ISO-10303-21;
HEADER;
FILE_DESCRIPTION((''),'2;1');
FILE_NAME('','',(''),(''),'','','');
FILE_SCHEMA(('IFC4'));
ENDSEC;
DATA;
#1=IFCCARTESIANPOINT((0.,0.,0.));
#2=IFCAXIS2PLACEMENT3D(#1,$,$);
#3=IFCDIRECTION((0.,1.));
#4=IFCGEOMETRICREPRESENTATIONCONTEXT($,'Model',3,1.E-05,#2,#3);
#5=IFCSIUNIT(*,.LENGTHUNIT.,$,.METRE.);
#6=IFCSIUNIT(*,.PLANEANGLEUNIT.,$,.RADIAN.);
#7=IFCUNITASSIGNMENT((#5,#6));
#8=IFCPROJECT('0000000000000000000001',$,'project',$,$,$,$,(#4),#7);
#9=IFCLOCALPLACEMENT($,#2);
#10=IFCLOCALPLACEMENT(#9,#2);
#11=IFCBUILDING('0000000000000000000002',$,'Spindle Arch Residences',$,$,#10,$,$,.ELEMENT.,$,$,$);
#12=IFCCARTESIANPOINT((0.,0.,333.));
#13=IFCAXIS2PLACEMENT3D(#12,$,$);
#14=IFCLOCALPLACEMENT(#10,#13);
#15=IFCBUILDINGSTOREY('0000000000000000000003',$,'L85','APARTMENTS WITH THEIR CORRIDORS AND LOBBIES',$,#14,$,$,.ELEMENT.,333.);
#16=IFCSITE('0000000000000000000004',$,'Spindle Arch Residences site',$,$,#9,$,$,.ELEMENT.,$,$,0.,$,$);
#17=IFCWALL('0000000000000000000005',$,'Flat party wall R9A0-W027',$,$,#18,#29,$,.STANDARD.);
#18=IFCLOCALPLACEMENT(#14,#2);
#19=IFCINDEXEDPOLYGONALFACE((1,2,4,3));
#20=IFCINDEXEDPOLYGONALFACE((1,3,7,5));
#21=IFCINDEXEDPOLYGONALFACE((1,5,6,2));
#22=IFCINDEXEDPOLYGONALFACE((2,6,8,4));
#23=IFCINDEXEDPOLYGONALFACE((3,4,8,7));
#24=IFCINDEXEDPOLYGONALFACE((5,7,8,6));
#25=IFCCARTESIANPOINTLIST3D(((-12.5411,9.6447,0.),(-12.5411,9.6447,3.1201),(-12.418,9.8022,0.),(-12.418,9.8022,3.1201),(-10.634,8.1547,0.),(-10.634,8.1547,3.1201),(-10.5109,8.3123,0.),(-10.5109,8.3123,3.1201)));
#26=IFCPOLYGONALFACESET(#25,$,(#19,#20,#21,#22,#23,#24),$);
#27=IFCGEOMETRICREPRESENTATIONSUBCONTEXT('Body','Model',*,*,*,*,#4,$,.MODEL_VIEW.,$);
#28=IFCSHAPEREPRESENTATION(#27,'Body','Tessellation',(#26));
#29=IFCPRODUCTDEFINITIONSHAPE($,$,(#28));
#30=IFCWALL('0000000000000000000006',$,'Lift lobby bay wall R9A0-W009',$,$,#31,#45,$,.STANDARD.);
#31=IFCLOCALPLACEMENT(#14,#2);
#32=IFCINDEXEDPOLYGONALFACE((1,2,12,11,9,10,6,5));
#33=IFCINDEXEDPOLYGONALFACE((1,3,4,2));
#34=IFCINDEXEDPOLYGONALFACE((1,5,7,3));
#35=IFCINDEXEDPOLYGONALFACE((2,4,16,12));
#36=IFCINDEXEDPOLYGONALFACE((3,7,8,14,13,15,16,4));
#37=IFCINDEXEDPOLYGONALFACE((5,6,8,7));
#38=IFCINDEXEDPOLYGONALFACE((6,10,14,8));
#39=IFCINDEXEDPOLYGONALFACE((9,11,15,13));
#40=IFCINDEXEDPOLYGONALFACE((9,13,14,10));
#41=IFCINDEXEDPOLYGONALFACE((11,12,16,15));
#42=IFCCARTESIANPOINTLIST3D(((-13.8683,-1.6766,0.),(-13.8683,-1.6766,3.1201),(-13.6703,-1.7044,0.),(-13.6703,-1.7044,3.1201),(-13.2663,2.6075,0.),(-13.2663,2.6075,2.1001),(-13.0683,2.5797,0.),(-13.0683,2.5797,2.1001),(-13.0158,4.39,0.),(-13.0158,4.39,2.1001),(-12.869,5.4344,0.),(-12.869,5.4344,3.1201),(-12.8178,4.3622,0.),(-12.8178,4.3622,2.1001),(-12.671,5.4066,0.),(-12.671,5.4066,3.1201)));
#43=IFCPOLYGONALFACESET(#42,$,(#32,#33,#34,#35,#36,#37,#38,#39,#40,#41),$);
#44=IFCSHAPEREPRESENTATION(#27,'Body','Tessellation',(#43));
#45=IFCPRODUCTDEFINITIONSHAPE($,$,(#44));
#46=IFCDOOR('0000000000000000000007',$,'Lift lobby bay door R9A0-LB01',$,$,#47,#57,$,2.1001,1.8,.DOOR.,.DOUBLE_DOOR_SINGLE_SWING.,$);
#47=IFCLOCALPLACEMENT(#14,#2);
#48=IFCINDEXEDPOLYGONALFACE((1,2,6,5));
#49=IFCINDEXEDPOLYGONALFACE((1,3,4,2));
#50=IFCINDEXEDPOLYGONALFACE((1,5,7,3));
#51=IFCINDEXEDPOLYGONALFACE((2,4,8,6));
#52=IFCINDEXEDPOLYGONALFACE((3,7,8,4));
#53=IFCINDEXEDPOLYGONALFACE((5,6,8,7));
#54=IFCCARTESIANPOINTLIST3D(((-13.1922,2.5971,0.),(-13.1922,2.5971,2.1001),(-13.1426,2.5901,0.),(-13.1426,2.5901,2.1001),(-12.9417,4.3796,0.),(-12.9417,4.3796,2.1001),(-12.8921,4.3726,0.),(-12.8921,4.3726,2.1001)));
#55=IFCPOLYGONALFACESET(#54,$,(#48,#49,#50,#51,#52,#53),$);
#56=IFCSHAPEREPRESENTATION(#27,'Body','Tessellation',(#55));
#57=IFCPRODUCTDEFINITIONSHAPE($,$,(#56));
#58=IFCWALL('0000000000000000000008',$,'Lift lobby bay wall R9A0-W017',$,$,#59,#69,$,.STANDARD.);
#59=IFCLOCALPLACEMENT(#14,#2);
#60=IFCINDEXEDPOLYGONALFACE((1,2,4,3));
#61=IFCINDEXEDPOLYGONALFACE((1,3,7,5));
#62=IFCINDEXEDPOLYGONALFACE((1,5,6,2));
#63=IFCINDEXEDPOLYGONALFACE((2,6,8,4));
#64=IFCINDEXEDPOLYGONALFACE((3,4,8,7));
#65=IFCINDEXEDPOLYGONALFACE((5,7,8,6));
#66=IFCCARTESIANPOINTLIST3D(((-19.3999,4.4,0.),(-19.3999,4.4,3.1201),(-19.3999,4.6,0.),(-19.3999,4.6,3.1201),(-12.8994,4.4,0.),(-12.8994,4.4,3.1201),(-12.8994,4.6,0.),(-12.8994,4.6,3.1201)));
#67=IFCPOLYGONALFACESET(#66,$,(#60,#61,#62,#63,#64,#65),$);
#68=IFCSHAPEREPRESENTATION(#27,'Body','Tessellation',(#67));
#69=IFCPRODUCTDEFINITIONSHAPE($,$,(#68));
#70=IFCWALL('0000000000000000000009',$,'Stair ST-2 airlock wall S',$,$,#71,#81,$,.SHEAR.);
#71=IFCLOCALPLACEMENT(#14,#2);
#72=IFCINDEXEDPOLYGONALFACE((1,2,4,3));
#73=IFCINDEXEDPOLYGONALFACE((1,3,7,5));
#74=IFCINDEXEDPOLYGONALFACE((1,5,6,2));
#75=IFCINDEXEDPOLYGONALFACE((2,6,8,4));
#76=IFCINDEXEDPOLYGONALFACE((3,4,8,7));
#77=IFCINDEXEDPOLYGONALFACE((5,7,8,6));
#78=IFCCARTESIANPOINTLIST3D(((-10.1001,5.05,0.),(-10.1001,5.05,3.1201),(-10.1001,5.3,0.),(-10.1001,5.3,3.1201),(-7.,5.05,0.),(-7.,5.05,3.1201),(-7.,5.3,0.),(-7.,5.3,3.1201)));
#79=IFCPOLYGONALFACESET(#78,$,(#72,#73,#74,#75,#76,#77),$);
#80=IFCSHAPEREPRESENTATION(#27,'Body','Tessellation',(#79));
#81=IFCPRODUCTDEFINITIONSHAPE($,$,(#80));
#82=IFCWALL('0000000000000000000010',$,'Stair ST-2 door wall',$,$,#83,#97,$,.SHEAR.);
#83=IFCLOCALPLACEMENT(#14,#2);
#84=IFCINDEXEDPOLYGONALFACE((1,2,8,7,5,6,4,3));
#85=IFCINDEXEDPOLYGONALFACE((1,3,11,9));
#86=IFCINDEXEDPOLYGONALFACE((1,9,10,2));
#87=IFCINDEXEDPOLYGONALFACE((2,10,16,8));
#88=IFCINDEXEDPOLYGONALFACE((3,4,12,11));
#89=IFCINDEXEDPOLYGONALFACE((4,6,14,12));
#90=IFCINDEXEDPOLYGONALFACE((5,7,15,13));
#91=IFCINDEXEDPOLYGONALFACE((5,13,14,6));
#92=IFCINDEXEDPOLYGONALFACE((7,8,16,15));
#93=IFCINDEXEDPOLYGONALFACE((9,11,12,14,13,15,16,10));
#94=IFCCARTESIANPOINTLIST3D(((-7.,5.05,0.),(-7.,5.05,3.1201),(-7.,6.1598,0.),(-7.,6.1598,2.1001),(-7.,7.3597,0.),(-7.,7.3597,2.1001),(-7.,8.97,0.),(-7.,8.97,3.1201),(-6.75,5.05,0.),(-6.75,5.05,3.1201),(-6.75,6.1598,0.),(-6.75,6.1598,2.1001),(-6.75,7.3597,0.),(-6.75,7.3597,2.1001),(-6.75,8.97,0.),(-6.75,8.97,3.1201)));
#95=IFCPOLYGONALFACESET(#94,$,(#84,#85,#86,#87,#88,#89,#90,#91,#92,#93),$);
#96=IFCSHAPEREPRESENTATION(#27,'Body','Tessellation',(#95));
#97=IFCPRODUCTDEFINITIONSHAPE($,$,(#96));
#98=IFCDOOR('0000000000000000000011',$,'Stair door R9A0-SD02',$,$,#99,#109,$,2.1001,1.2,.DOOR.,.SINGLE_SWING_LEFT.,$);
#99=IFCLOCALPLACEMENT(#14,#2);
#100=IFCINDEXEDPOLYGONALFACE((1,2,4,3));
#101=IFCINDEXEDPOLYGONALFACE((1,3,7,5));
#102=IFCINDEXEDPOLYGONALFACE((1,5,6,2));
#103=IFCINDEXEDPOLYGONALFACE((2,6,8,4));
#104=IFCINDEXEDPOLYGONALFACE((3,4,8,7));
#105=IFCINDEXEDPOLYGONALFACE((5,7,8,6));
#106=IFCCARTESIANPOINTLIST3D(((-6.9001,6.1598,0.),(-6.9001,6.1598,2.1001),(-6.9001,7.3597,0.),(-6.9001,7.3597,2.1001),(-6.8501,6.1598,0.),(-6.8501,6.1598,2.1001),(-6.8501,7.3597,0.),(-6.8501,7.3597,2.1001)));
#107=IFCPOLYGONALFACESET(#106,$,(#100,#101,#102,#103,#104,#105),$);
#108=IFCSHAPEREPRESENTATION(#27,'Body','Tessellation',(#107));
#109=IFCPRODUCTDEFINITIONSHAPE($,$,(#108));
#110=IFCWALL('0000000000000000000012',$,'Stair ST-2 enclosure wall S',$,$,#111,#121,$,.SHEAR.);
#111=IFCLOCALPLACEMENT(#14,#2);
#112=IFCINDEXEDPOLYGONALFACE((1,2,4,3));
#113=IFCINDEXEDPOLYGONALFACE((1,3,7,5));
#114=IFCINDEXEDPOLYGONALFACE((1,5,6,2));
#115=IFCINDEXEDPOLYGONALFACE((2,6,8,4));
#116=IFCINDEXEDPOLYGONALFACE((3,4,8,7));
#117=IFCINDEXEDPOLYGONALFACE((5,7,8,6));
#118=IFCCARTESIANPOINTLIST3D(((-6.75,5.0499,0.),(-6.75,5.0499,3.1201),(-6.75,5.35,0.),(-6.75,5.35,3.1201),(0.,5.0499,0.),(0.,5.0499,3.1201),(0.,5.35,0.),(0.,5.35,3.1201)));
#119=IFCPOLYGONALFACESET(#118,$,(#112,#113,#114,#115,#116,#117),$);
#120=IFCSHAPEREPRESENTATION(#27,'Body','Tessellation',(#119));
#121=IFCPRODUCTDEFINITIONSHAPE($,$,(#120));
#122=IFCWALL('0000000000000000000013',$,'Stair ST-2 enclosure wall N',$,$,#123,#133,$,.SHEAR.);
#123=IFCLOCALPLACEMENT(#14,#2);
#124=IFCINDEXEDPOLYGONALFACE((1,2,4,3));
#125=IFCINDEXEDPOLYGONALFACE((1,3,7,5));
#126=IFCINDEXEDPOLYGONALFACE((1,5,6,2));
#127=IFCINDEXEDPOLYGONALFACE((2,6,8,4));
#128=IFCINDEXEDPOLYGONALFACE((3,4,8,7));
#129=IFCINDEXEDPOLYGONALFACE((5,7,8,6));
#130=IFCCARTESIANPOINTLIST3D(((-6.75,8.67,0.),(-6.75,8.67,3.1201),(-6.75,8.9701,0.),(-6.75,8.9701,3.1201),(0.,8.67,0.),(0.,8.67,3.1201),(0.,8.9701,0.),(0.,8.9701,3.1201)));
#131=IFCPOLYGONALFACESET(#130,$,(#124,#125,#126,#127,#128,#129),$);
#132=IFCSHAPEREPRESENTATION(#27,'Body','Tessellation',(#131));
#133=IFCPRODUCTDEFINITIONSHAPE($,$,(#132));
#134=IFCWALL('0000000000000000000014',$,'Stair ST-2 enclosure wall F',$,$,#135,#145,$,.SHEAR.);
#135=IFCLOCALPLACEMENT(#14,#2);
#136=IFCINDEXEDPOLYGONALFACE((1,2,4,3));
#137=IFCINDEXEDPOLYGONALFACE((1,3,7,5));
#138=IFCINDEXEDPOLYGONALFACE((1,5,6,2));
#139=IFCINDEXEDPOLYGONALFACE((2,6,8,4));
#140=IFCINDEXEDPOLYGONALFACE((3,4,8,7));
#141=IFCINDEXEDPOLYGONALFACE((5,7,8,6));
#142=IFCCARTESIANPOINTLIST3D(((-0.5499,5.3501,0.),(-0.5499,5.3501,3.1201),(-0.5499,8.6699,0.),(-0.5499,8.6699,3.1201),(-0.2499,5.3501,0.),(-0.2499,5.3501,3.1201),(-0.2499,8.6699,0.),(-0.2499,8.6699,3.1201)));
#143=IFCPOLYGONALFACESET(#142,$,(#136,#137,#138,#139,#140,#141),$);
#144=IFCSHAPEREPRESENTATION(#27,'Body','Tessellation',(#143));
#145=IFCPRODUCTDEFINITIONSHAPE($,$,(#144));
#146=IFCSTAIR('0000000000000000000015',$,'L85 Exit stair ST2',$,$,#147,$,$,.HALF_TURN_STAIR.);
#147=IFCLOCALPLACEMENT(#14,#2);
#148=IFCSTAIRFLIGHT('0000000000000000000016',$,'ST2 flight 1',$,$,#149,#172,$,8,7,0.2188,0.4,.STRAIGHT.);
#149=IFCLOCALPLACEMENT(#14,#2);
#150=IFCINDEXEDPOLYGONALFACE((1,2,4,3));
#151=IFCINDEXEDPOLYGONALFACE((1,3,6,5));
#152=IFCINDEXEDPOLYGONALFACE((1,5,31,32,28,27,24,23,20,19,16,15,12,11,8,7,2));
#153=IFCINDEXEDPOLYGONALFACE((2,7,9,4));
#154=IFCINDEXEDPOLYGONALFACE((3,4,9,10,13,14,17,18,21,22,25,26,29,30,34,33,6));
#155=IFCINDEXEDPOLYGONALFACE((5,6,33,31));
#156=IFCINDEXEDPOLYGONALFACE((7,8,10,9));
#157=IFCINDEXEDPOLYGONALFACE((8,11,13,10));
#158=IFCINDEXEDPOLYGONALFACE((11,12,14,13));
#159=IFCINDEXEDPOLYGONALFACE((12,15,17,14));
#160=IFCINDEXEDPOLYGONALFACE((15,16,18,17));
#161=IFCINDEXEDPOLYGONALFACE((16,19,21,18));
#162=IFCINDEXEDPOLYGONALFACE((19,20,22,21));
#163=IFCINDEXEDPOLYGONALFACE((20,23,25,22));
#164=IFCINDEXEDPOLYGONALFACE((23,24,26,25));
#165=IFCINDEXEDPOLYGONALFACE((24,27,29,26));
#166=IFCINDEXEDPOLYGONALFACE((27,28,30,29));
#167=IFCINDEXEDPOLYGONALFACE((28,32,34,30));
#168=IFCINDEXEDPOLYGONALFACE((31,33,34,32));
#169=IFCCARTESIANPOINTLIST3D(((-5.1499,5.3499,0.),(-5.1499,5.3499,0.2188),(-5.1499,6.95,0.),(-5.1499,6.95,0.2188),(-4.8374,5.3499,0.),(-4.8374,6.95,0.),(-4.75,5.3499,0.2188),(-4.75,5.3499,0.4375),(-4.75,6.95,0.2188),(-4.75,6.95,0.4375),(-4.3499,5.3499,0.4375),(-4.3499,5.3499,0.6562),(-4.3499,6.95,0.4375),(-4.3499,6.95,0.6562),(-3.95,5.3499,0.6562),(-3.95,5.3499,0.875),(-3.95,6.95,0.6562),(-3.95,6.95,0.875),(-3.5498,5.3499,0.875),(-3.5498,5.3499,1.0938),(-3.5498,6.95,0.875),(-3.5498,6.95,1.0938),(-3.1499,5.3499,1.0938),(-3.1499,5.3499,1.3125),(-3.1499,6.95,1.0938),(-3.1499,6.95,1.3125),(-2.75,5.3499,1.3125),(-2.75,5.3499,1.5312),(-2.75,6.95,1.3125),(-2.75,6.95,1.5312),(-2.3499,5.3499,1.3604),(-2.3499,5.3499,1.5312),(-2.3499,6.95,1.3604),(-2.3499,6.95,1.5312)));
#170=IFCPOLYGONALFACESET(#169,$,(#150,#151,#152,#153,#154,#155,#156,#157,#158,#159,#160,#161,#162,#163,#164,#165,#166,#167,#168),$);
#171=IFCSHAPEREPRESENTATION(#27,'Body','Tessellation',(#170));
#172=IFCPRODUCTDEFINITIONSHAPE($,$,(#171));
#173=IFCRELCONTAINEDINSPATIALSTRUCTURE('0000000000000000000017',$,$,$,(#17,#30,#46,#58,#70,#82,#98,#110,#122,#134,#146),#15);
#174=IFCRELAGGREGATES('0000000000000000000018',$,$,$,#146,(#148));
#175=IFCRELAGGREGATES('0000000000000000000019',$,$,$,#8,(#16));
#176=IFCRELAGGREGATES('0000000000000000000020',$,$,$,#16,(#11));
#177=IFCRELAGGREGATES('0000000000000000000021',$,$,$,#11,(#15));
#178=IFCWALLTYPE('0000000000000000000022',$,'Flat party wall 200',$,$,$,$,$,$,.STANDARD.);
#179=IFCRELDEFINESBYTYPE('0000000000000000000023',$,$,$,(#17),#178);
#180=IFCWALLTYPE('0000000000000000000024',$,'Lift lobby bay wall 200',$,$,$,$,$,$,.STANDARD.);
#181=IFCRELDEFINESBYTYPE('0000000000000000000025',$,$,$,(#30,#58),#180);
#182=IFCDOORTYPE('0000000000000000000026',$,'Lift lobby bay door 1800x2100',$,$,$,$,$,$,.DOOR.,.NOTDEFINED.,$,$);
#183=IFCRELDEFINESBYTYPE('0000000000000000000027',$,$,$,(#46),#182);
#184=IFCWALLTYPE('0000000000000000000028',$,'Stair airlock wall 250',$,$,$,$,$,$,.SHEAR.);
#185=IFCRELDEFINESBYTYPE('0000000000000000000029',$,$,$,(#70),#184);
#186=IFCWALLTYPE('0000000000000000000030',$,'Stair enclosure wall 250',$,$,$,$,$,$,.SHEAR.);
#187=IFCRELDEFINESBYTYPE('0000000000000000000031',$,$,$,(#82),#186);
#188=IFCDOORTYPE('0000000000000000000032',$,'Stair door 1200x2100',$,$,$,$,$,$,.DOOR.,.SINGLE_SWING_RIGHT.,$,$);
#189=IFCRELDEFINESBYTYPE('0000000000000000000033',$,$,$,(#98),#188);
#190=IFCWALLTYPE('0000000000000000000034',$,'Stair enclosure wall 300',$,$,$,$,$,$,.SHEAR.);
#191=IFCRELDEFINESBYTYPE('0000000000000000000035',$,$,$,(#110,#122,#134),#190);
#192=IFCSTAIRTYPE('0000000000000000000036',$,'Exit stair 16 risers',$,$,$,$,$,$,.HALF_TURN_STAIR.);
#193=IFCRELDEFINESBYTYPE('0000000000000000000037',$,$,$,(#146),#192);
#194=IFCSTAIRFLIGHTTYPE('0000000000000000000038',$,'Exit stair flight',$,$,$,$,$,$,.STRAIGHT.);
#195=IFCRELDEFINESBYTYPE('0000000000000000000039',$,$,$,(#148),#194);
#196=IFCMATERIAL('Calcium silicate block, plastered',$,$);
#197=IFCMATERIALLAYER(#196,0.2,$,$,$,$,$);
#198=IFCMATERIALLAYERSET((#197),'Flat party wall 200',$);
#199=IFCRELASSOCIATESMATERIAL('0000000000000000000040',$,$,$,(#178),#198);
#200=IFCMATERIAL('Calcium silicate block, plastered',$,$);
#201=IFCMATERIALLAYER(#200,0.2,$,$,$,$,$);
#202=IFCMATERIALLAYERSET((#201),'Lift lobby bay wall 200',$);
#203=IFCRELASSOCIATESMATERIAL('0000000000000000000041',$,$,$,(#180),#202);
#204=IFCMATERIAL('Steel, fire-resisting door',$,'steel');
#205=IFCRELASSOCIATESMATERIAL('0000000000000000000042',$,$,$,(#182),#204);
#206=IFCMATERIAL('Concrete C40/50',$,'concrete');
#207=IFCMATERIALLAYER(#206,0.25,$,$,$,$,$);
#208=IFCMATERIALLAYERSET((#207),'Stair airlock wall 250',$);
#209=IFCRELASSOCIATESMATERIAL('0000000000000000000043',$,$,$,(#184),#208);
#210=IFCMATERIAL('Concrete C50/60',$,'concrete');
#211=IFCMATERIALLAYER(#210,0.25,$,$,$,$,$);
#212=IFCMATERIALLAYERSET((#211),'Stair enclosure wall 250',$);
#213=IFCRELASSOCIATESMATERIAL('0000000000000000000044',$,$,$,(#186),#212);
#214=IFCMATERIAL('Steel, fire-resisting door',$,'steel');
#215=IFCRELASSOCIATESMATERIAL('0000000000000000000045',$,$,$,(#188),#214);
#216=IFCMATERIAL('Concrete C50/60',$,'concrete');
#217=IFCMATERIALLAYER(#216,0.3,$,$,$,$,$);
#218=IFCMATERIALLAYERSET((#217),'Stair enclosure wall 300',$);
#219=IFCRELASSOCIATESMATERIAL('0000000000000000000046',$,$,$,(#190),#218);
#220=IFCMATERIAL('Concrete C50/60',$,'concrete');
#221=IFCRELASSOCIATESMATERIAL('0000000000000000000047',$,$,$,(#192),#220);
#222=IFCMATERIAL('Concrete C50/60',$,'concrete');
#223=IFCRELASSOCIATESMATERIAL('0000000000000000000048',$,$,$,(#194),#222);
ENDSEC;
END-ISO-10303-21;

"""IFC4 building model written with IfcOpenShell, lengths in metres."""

from ifc_helpers import new_model, si_unit, direction, frame, frame_2d, origin, place, context, subcontext, project, spatial, polyline, rectangle, outline, extrude, material, layer, layer_set, type_object, element, fill, aggregate, save


model = new_model("IFC4")

# Units and contexts
model_context = context("Model", 3, precision=1e-05, world=origin(), true_north=direction((0.0, 1.0)))
body_context = subcontext(model_context, "Body", "Model", "MODEL_VIEW")
ifc_project = project(units=[si_unit("LENGTHUNIT", "METRE"), si_unit("PLANEANGLEUNIT", "RADIAN")], contexts=[model_context])

# Site, building, storey
site_placement = place(None, origin())
site = spatial("IfcSite", under=ifc_project, at=site_placement, Name="Spindle Arch Residences site", CompositionType="ELEMENT", RefElevation=0.0)
building_placement = place(site_placement, origin())
building = spatial("IfcBuilding", under=site, at=building_placement, Name="Spindle Arch Residences", CompositionType="ELEMENT")
storey_placement = place(building_placement, frame((0.0, 0.0, 333.0)))
storey = spatial("IfcBuildingStorey", under=building, at=storey_placement, Name="L85", Description="APARTMENTS WITH THEIR CORRIDORS AND LOBBIES", CompositionType="ELEMENT", Elevation=333.0)

# Wall
ifc_material_1 = material(Name="Calcium silicate block, plastered")
ifc_layer_1 = layer(ifc_material_1, 0.2)
ifc_layer_set_1 = layer_set([ifc_layer_1], Name="Flat party wall 200")
wall_type_1 = type_object("IfcWallType", Name="Flat party wall 200", PredefinedType="STANDARD", material=ifc_layer_set_1)
wall_1_placement = place(storey_placement, frame((-12.4795, 9.7234, 0.0), z_axis=(0.0, 0.0, 1.0), x_axis=(0.78803, -0.615636, 0.0)))
element("IfcWall", 1, at=wall_1_placement, inside=storey, type_object=wall_type_1, Name="Flat party wall R9A0-W027", PredefinedType="STANDARD", context=body_context, shape_type="SweptSolid", body=[
    extrude(rectangle(XDim=2.4202, YDim=0.2, at=frame_2d((1.21, 0.0))), origin(), (0.0, 0.0, 1.0), 3.1201),
])

# Wall, opening, door
ifc_material_2 = material(Name="Calcium silicate block, plastered")
ifc_layer_2 = layer(ifc_material_2, 0.2)
ifc_layer_set_2 = layer_set([ifc_layer_2], Name="Lift lobby bay wall 200")
wall_type_2 = type_object("IfcWallType", Name="Lift lobby bay wall 200", PredefinedType="STANDARD", material=ifc_layer_set_2)
wall_2_placement = place(storey_placement, frame((-12.77, 5.4204, 0.0), z_axis=(0.0, 0.0, 1.0), x_axis=(-0.139155, -0.990271, 0.0)))
wall_2 = element("IfcWall", 2, at=wall_2_placement, inside=storey, type_object=wall_type_2, Name="Lift lobby bay wall R9A0-W009", PredefinedType="STANDARD", context=body_context, shape_type="SweptSolid", body=[
    extrude(rectangle(XDim=7.1809, YDim=0.2, at=frame_2d((3.5903, 0.0))), origin(), (0.0, 0.0, 1.0), 3.1201),
])
opening_1_placement = place(wall_2_placement, frame((1.0547, 0.0, 0.0)))
opening_1 = element("IfcOpeningElement", 3, at=opening_1_placement, cuts=wall_2, PredefinedType="OPENING", context=body_context, shape_type="SweptSolid", body=[
    extrude(rectangle(XDim=1.8, YDim=2.1001, at=frame_2d((0.8999, 1.05))), frame((0.0, 0.1099, 0.0), z_axis=(0.0, -1.0, 0.0), x_axis=(1.0, 0.0, 0.0)), (0.0, 0.0, 1.0), 0.22),
])
ifc_material_3 = material(Name="Steel, fire-resisting door", Category="steel")
door_type_1 = type_object("IfcDoorType", Name="Lift lobby bay door 1800x2100", OperationType="NOTDEFINED", PredefinedType="DOOR", material=ifc_material_3)
door_1_placement = place(opening_1_placement, origin())
door_1 = element("IfcDoor", 4, at=door_1_placement, inside=storey, type_object=door_type_1, Name="Lift lobby bay door R9A0-LB01", OperationType="DOUBLE_DOOR_SINGLE_SWING", OverallHeight=2.1001, OverallWidth=1.8, PredefinedType="DOOR", context=body_context, shape_type="SweptSolid", body=[
    extrude(rectangle(XDim=1.8, YDim=2.1001, at=frame_2d((0.8999, 1.05))), frame((0.0, 0.0249, 0.0), z_axis=(0.0, -1.0, 0.0), x_axis=(1.0, 0.0, 0.0)), (0.0, 0.0, 1.0), 0.05),
])
fill(opening_1, door_1)

# Walls
wall_3_placement = place(storey_placement, frame((-12.8994, 4.5, 0.0), z_axis=(0.0, 0.0, 1.0), x_axis=(-1.0, 0.0, 0.0)))
element("IfcWall", 5, at=wall_3_placement, inside=storey, type_object=wall_type_2, Name="Lift lobby bay wall R9A0-W017", PredefinedType="STANDARD", context=body_context, shape_type="SweptSolid", body=[
    extrude(rectangle(XDim=6.5005, YDim=0.2, at=frame_2d((3.2502, 0.0))), origin(), (0.0, 0.0, 1.0), 3.1201),
])
ifc_material_4 = material(Name="Concrete C40/50", Category="concrete")
ifc_layer_3 = layer(ifc_material_4, 0.25)
ifc_layer_set_3 = layer_set([ifc_layer_3], Name="Stair airlock wall 250")
wall_type_3 = type_object("IfcWallType", Name="Stair airlock wall 250", PredefinedType="SHEAR", material=ifc_layer_set_3)
wall_4_placement = place(storey_placement, frame((-7.0, 5.175, 0.0), z_axis=(0.0, 0.0, 1.0), x_axis=(-1.0, 0.0, 0.0)))
element("IfcWall", 6, at=wall_4_placement, inside=storey, type_object=wall_type_3, Name="Stair ST-2 airlock wall S", PredefinedType="SHEAR", context=body_context, shape_type="SweptSolid", body=[
    extrude(rectangle(XDim=3.1001, YDim=0.25, at=frame_2d((1.55, 0.0))), origin(), (0.0, 0.0, 1.0), 3.1201),
])

# Wall, opening, door
ifc_material_5 = material(Name="Concrete C50/60", Category="concrete")
ifc_layer_4 = layer(ifc_material_5, 0.25)
ifc_layer_set_4 = layer_set([ifc_layer_4], Name="Stair enclosure wall 250")
wall_type_4 = type_object("IfcWallType", Name="Stair enclosure wall 250", PredefinedType="SHEAR", material=ifc_layer_set_4)
wall_5_placement = place(storey_placement, frame((-6.875, 8.97, 0.0), z_axis=(0.0, 0.0, 1.0), x_axis=(0.0, -1.0, 0.0)))
wall_5 = element("IfcWall", 7, at=wall_5_placement, inside=storey, type_object=wall_type_4, Name="Stair ST-2 door wall", PredefinedType="SHEAR", context=body_context, shape_type="SweptSolid", body=[
    extrude(rectangle(XDim=3.9199, YDim=0.25, at=frame_2d((1.96, 0.0))), origin(), (0.0, 0.0, 1.0), 3.1201),
])
opening_2_placement = place(wall_5_placement, frame((1.6101, 0.0, 0.0)))
opening_2 = element("IfcOpeningElement", 8, at=opening_2_placement, cuts=wall_5, PredefinedType="OPENING", context=body_context, shape_type="SweptSolid", body=[
    extrude(rectangle(XDim=1.2, YDim=2.1001, at=frame_2d((0.6001, 1.05))), frame((0.0, 0.135, 0.0), z_axis=(0.0, -1.0, 0.0), x_axis=(1.0, 0.0, 0.0)), (0.0, 0.0, 1.0), 0.27),
])
ifc_material_6 = material(Name="Steel, fire-resisting door", Category="steel")
door_type_2 = type_object("IfcDoorType", Name="Stair door 1200x2100", OperationType="SINGLE_SWING_RIGHT", PredefinedType="DOOR", material=ifc_material_6)
door_2_placement = place(opening_2_placement, origin())
door_2 = element("IfcDoor", 9, at=door_2_placement, inside=storey, type_object=door_type_2, Name="Stair door R9A0-SD02", OperationType="SINGLE_SWING_LEFT", OverallHeight=2.1001, OverallWidth=1.2, PredefinedType="DOOR", context=body_context, shape_type="SweptSolid", body=[
    extrude(rectangle(XDim=1.2, YDim=2.1001, at=frame_2d((0.6001, 1.05))), frame((0.0, 0.0249, 0.0), z_axis=(0.0, -1.0, 0.0), x_axis=(1.0, 0.0, 0.0)), (0.0, 0.0, 1.0), 0.05),
])
fill(opening_2, door_2)

# Walls
ifc_material_7 = material(Name="Concrete C50/60", Category="concrete")
ifc_layer_5 = layer(ifc_material_7, 0.3)
ifc_layer_set_5 = layer_set([ifc_layer_5], Name="Stair enclosure wall 300")
wall_type_5 = type_object("IfcWallType", Name="Stair enclosure wall 300", PredefinedType="SHEAR", material=ifc_layer_set_5)
for number, where, z_axis, x_axis, name in (
    (10, (-6.75, 5.2, 0.0), (0.0, 0.0, 1.0), (1.0, 0.0, 0.0), "Stair ST-2 enclosure wall S"),
    (11, (-6.75, 8.8201, 0.0), (0.0, 0.0, 1.0), (1.0, 0.0, 0.0), "Stair ST-2 enclosure wall N"),
):
    element("IfcWall", number, at=place(storey_placement, frame(where, z_axis=z_axis, x_axis=x_axis)), inside=storey, type_object=wall_type_5, Name=name, PredefinedType="SHEAR", context=body_context, shape_type="SweptSolid", body=[
        extrude(rectangle(XDim=6.75, YDim=0.3, at=frame_2d((3.375, 0.0))), origin(), (0.0, 0.0, 1.0), 3.1201),
    ])
wall_6_placement = place(storey_placement, frame((-0.3999, 5.3501, 0.0), z_axis=(0.0, 0.0, 1.0), x_axis=(0.0, 1.0, 0.0)))
element("IfcWall", 12, at=wall_6_placement, inside=storey, type_object=wall_type_5, Name="Stair ST-2 enclosure wall F", PredefinedType="SHEAR", context=body_context, shape_type="SweptSolid", body=[
    extrude(rectangle(XDim=3.3198, YDim=0.3, at=frame_2d((1.6599, 0.0))), origin(), (0.0, 0.0, 1.0), 3.1201),
])

# Stair, stair flight
ifc_material_8 = material(Name="Concrete C50/60", Category="concrete")
stair_type = type_object("IfcStairType", Name="Exit stair 16 risers", PredefinedType="HALF_TURN_STAIR", material=ifc_material_8)
stair_placement = place(storey_placement, origin())
stair = element("IfcStair", 13, at=stair_placement, inside=storey, type_object=stair_type, Name="L85 Exit stair ST2", PredefinedType="HALF_TURN_STAIR")
ifc_material_9 = material(Name="Concrete C50/60", Category="concrete")
stair_flight_type = type_object("IfcStairFlightType", Name="Exit stair flight", PredefinedType="STRAIGHT", material=ifc_material_9)
stair_flight_1_placement = place(storey_placement, frame((-5.1499, 6.1499, 0.0), z_axis=(0.0, 0.0, 1.0), x_axis=(1.0, 0.0, 0.0)))
stair_flight_1 = element("IfcStairFlight", 14, at=stair_flight_1_placement, type_object=stair_flight_type, Name="ST2 flight 1", NumberOfRisers=8, NumberOfTreads=7, PredefinedType="STRAIGHT", RiserHeight=0.2188, TreadLength=0.4, context=body_context, shape_type="SweptSolid", body=[
    extrude(outline(polyline([(0.0, 0.0), (0.0, 0.2188), (0.3999, 0.2188), (0.3999, 0.4375), (0.8, 0.4375), (0.8, 0.6562), (1.2, 0.6562), (1.2, 0.875), (1.6001, 0.875), (1.6001, 1.0938), (2.0, 1.0938), (2.0, 1.3125), (2.3999, 1.3125), (2.3999, 1.5312), (2.8, 1.5312), (2.8, 1.75), (2.8, 1.3604), (0.3125, 0.0), (0.0, 0.0)])), frame((0.0, 0.8, 0.0), z_axis=(0.0, -1.0, 0.0), x_axis=(1.0, 0.0, 0.0)), (0.0, 0.0, 1.0), 1.6001),
])
aggregate(stair, [stair_flight_1])

save(model, "model.ifc")
